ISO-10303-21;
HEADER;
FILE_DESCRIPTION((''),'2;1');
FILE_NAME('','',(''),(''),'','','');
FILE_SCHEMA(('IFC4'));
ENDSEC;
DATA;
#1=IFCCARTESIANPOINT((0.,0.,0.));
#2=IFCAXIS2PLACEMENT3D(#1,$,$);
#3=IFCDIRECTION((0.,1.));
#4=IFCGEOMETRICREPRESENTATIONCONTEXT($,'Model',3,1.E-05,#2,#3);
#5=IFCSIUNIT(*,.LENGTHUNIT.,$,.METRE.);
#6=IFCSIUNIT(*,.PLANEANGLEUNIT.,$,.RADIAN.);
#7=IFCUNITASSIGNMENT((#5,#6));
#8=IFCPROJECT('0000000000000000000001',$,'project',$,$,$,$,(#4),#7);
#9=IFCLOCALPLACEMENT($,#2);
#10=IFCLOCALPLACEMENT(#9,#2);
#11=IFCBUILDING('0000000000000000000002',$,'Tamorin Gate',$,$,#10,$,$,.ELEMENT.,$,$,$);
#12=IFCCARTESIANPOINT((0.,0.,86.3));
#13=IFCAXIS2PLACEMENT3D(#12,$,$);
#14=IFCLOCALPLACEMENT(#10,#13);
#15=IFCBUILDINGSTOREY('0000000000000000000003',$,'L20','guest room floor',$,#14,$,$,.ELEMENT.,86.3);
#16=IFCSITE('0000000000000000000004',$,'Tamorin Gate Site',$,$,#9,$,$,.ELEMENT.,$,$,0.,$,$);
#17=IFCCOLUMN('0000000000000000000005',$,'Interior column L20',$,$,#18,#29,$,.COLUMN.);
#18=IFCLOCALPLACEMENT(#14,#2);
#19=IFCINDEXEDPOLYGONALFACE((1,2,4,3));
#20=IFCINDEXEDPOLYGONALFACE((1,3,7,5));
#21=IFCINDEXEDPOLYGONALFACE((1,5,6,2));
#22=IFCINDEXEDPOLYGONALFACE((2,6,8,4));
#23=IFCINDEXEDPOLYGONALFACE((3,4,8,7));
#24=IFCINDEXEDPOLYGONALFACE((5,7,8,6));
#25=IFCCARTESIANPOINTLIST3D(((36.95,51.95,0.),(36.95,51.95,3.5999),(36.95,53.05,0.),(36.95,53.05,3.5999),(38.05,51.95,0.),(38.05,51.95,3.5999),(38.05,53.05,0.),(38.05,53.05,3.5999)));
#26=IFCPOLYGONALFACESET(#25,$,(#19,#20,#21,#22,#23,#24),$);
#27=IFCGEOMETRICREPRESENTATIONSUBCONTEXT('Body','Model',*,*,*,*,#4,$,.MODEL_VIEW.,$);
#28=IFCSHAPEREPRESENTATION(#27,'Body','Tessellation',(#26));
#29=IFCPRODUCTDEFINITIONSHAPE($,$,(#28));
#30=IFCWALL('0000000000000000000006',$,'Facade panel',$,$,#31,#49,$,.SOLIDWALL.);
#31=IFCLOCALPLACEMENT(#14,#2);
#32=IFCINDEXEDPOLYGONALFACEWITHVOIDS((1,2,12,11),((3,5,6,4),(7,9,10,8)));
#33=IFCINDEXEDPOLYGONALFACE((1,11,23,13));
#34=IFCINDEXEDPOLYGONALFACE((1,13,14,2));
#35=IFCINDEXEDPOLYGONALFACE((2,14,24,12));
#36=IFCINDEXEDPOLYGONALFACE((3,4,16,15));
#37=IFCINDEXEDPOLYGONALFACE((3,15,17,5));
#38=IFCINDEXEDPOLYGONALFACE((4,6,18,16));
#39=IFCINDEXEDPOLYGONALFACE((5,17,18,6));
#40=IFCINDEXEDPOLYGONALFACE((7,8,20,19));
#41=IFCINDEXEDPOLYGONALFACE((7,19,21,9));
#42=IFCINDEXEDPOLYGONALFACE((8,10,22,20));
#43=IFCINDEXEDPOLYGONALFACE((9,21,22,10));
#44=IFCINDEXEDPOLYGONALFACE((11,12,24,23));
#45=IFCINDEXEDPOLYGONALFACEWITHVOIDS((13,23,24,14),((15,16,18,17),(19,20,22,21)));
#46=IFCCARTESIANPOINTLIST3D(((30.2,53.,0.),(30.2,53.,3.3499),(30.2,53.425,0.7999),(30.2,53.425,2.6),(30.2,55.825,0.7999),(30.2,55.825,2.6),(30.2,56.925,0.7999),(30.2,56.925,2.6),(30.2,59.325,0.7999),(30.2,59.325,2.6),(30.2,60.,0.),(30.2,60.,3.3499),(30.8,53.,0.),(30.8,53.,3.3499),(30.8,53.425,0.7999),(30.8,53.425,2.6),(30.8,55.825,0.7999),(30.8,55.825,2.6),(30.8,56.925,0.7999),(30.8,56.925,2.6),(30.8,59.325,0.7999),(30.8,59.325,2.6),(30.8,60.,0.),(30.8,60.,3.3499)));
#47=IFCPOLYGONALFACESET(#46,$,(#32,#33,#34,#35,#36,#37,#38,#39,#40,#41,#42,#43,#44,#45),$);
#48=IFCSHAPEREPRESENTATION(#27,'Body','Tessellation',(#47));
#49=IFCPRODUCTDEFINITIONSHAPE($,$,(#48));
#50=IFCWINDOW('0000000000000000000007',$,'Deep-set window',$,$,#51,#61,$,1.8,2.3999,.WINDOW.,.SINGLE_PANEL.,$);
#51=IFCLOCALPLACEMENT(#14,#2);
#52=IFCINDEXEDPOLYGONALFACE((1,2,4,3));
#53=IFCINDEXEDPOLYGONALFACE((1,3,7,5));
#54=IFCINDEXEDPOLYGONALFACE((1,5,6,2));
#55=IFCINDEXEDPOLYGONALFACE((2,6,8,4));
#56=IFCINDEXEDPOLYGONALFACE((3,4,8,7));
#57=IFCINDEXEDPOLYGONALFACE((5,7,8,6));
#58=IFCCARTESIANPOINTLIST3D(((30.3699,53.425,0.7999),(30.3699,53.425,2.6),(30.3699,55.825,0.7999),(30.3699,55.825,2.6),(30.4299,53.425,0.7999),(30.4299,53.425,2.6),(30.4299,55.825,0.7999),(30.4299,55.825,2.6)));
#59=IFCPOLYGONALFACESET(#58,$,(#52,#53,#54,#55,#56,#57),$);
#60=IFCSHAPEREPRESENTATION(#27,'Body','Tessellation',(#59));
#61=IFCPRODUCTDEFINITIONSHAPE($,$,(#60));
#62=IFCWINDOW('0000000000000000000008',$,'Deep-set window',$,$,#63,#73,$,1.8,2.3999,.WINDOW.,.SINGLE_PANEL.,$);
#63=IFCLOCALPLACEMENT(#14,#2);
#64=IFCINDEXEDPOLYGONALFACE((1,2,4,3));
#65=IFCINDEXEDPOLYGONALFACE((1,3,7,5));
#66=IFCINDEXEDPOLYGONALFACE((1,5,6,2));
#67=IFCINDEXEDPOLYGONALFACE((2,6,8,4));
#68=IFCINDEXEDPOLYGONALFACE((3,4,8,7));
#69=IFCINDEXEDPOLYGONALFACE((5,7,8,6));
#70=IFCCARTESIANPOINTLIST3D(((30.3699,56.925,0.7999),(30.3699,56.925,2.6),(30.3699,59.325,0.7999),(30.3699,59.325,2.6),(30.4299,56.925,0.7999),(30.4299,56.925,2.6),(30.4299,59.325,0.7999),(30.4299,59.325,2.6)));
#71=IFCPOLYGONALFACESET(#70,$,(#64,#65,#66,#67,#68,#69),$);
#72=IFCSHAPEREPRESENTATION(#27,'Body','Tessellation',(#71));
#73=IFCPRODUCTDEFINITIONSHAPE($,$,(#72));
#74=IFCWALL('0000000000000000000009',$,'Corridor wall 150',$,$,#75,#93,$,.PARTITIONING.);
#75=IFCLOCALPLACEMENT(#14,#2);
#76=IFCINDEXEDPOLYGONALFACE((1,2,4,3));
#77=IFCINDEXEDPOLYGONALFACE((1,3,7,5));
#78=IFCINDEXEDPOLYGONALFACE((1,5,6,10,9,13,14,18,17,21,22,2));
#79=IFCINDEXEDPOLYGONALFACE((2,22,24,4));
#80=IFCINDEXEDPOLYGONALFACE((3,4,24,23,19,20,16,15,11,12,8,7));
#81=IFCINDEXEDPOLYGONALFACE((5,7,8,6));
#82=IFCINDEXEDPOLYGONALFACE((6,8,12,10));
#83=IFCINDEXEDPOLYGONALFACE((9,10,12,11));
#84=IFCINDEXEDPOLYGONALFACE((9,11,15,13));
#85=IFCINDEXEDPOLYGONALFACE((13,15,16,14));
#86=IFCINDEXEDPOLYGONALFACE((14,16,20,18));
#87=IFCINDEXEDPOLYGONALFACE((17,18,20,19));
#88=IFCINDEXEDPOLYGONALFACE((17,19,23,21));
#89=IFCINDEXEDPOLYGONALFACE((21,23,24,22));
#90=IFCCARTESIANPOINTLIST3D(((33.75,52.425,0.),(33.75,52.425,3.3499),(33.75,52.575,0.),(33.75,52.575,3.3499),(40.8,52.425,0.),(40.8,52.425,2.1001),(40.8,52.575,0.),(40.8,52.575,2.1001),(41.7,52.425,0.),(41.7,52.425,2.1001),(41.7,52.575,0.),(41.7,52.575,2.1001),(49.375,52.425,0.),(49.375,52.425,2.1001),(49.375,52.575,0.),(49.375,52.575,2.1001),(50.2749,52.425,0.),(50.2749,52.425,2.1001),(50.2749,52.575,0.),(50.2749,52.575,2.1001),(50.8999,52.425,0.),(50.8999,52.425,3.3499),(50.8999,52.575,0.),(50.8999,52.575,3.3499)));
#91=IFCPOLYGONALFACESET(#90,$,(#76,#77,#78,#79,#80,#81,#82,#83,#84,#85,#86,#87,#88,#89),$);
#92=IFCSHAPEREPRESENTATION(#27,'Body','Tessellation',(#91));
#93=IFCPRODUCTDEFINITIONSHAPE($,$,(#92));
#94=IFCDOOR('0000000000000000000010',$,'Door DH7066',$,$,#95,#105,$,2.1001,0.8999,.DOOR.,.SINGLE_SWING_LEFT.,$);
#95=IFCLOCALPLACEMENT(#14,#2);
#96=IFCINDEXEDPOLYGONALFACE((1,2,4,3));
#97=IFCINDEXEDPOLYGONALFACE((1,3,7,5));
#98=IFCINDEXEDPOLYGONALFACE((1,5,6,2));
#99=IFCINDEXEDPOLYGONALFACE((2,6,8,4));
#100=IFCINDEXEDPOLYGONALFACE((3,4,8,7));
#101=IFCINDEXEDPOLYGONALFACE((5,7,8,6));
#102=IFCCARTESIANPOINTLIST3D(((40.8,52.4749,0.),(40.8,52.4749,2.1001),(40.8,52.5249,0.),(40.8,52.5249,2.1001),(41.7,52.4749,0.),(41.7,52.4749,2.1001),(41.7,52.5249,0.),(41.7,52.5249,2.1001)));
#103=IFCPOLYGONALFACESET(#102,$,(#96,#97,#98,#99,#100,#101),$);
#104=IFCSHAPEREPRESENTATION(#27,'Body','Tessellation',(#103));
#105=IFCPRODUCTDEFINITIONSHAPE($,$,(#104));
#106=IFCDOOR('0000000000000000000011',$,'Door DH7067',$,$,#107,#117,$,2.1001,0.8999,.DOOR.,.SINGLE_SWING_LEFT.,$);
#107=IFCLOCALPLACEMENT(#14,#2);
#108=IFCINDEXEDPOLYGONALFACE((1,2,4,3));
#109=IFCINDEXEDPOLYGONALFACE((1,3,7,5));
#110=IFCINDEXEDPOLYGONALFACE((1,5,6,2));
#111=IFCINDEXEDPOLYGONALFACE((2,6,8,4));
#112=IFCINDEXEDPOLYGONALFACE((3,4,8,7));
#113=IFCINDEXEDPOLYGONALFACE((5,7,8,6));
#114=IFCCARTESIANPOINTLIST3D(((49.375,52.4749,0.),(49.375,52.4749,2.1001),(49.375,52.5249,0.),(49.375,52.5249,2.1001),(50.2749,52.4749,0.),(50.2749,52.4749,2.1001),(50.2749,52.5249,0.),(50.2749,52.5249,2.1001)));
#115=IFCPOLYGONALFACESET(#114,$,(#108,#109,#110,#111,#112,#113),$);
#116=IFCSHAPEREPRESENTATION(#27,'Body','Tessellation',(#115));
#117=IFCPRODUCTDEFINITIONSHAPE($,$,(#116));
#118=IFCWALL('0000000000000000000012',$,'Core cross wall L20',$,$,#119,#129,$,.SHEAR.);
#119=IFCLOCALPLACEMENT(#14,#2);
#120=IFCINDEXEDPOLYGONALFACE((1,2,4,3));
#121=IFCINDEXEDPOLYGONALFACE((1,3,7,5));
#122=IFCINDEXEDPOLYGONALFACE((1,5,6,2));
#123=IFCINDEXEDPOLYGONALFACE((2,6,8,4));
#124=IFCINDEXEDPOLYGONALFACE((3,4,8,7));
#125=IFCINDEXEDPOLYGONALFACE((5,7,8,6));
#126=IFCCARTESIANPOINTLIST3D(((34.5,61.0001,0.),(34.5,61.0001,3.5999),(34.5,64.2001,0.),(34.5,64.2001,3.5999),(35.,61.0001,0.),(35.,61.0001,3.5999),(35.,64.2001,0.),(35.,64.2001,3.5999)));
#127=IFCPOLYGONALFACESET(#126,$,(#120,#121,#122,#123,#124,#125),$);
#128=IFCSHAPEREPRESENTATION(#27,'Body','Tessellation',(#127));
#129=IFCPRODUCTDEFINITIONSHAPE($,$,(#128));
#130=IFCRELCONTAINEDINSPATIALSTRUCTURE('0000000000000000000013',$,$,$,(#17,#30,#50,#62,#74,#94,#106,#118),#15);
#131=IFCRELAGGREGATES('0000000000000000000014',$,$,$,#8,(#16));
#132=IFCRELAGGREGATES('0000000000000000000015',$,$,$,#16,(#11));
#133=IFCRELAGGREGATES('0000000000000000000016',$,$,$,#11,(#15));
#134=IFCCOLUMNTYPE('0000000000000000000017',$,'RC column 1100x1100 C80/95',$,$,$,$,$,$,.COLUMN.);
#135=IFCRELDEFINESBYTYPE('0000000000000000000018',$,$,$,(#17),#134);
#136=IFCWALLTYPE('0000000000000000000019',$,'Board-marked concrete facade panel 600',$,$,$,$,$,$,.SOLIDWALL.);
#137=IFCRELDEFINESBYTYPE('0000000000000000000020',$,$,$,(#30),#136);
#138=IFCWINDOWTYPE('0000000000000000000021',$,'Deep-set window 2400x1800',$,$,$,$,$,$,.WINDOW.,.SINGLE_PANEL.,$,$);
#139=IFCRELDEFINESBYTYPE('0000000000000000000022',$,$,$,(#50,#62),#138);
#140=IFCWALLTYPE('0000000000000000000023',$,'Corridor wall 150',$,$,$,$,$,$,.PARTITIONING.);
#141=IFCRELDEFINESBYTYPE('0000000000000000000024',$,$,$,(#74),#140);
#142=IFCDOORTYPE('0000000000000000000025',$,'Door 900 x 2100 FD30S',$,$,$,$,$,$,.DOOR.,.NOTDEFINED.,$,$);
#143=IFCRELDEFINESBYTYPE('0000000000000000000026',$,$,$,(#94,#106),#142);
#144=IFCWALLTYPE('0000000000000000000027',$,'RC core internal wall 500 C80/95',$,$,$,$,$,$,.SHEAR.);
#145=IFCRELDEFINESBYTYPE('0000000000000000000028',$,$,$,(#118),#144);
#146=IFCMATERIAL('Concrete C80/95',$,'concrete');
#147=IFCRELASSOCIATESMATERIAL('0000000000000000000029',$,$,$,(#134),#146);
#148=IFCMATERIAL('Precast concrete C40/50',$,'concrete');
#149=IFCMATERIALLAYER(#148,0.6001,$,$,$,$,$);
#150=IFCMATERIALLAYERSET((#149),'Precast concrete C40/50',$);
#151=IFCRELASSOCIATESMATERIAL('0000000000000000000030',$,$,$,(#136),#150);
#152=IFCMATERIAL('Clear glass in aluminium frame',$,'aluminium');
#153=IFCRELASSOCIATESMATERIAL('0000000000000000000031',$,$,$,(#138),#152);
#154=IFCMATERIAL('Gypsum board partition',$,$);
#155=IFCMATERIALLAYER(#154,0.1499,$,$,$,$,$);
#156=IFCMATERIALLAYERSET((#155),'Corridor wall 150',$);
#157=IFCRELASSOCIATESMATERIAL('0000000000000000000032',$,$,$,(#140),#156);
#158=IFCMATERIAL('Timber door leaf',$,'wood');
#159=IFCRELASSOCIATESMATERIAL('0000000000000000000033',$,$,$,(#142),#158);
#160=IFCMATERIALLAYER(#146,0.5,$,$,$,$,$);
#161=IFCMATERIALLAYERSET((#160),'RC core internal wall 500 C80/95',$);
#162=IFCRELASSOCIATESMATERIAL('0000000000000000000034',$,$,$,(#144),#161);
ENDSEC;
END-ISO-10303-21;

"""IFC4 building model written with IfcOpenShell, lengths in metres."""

from ifc_helpers import new_model, si_unit, direction, frame, frame_2d, origin, origin_2d, place, context, subcontext, project, spatial, rectangle, extrude, material, layer, layer_set, material_profile, profile_set, type_object, element, fill, save


model = new_model("IFC4")

# Units and contexts
model_context = context("Model", 3, precision=1e-05, world=origin(), true_north=direction((0.0, 1.0)))
body_context = subcontext(model_context, "Body", "Model", "MODEL_VIEW")
ifc_project = project(units=[si_unit("LENGTHUNIT", "METRE"), si_unit("PLANEANGLEUNIT", "RADIAN")], contexts=[model_context])

# Site, building, storey
site_placement = place(None, origin())
site = spatial("IfcSite", under=ifc_project, at=site_placement, Name="Tamorin Gate Site", CompositionType="ELEMENT", RefElevation=0.0)
building_placement = place(site_placement, origin())
building = spatial("IfcBuilding", under=site, at=building_placement, Name="Tamorin Gate", CompositionType="ELEMENT")
storey_placement = place(building_placement, frame((0.0, 0.0, 86.3)))
storey = spatial("IfcBuildingStorey", under=building, at=storey_placement, Name="L20", Description="guest room floor", CompositionType="ELEMENT", Elevation=86.3)

# Column
ifc_material_1 = material(Name="Concrete C80/95", Category="concrete")
ifc_material_profile = material_profile(ifc_material_1, rectangle(XDim=1.1001, YDim=1.1001, at=origin_2d()), Name="RC 1100x1100")
ifc_profile_set = profile_set([ifc_material_profile], Name="Concrete C80/95")
column_type = type_object("IfcColumnType", Name="RC column 1100x1100 C80/95", PredefinedType="COLUMN", material=ifc_profile_set)
column_placement = place(storey_placement, frame((37.5, 52.5, 0.0), z_axis=(0.0, 0.0, 1.0), x_axis=(1.0, 0.0, 0.0)))
element("IfcColumn", 1, at=column_placement, inside=storey, type_object=column_type, Name="Interior column L20", PredefinedType="COLUMN", context=body_context, shape_type="SweptSolid", body=[
    extrude(rectangle(XDim=1.1001, YDim=1.1001, at=origin_2d()), origin(), (0.0, 0.0, 1.0), 3.5999),
])

# Wall, openings, windows
ifc_material_2 = material(Name="Precast concrete C40/50", Category="concrete")
ifc_layer_1 = layer(ifc_material_2, 0.6001)
ifc_layer_set_1 = layer_set([ifc_layer_1], Name="Precast concrete C40/50")
wall_type_1 = type_object("IfcWallType", Name="Board-marked concrete facade panel 600", PredefinedType="SOLIDWALL", material=ifc_layer_set_1)
wall_1_placement = place(storey_placement, frame((30.5, 60.0, 0.0), z_axis=(0.0, 0.0, 1.0), x_axis=(0.0, -1.0, 0.0)))
wall_1 = element("IfcWall", 2, at=wall_1_placement, inside=storey, type_object=wall_type_1, Name="Facade panel", PredefinedType="SOLIDWALL", context=body_context, shape_type="SweptSolid", body=[
    extrude(rectangle(XDim=7.0, YDim=0.6001, at=frame_2d((3.5, 0.0))), origin(), (0.0, 0.0, 1.0), 3.3499),
])
opening_1_placement = place(wall_1_placement, frame((4.175, 0.0, 0.8)))
opening_1 = element("IfcOpeningElement", 3, at=opening_1_placement, cuts=wall_1, PredefinedType="OPENING", context=body_context, shape_type="SweptSolid", body=[
    extrude(rectangle(XDim=2.3999, YDim=1.8, at=frame_2d((1.2, 0.8999))), frame((0.0, 0.3101, 0.0), z_axis=(0.0, -1.0, 0.0), x_axis=(1.0, 0.0, 0.0)), (0.0, 0.0, 1.0), 0.6201),
])
opening_2_placement = place(wall_1_placement, frame((0.675, 0.0, 0.8)))
opening_2 = element("IfcOpeningElement", 4, at=opening_2_placement, cuts=wall_1, PredefinedType="OPENING", context=body_context, shape_type="SweptSolid", body=[
    extrude(rectangle(XDim=2.3999, YDim=1.8, at=frame_2d((1.2, 0.8999))), frame((0.0, 0.3101, 0.0), z_axis=(0.0, -1.0, 0.0), x_axis=(1.0, 0.0, 0.0)), (0.0, 0.0, 1.0), 0.6201),
])
ifc_material_3 = material(Name="Clear glass in aluminium frame", Category="aluminium")
window_type = type_object("IfcWindowType", Name="Deep-set window 2400x1800", PartitioningType="SINGLE_PANEL", PredefinedType="WINDOW", material=ifc_material_3)
window_1_placement = place(opening_1_placement, origin())
window_1 = element("IfcWindow", 5, at=window_1_placement, inside=storey, type_object=window_type, Name="Deep-set window", OverallHeight=1.8, OverallWidth=2.3999, PartitioningType="SINGLE_PANEL", PredefinedType="WINDOW", context=body_context, shape_type="SweptSolid", body=[
    extrude(rectangle(XDim=2.3999, YDim=1.8, at=frame_2d((1.2, 0.8999))), frame((0.0, -0.0701, 0.0), z_axis=(0.0, -1.0, 0.0), x_axis=(1.0, 0.0, 0.0)), (0.0, 0.0, 1.0), 0.0601),
])
fill(opening_1, window_1)
window_2_placement = place(opening_2_placement, origin())
window_2 = element("IfcWindow", 6, at=window_2_placement, inside=storey, type_object=window_type, Name="Deep-set window", OverallHeight=1.8, OverallWidth=2.3999, PartitioningType="SINGLE_PANEL", PredefinedType="WINDOW", context=body_context, shape_type="SweptSolid", body=[
    extrude(rectangle(XDim=2.3999, YDim=1.8, at=frame_2d((1.2, 0.8999))), frame((0.0, -0.0701, 0.0), z_axis=(0.0, -1.0, 0.0), x_axis=(1.0, 0.0, 0.0)), (0.0, 0.0, 1.0), 0.0601),
])
fill(opening_2, window_2)

# Wall, openings, doors
ifc_material_4 = material(Name="Gypsum board partition")
ifc_layer_2 = layer(ifc_material_4, 0.1499)
ifc_layer_set_2 = layer_set([ifc_layer_2], Name="Corridor wall 150")
wall_type_2 = type_object("IfcWallType", Name="Corridor wall 150", PredefinedType="PARTITIONING", material=ifc_layer_set_2)
wall_2_placement = place(storey_placement, frame((33.75, 52.5, 0.0), z_axis=(0.0, 0.0, 1.0), x_axis=(1.0, 0.0, 0.0)))
wall_2 = element("IfcWall", 7, at=wall_2_placement, inside=storey, type_object=wall_type_2, Name="Corridor wall 150", PredefinedType="PARTITIONING", context=body_context, shape_type="SweptSolid", body=[
    extrude(rectangle(XDim=17.1499, YDim=0.1499, at=frame_2d((8.575, 0.0))), origin(), (0.0, 0.0, 1.0), 3.3499),
])
opening_3_placement = place(wall_2_placement, frame((7.05, 0.0, 0.0)))
opening_3 = element("IfcOpeningElement", 8, at=opening_3_placement, cuts=wall_2, PredefinedType="OPENING", context=body_context, shape_type="SweptSolid", body=[
    extrude(rectangle(XDim=0.8999, YDim=2.1001, at=frame_2d((0.45, 1.05))), frame((0.0, 0.085, 0.0), z_axis=(0.0, -1.0, 0.0), x_axis=(1.0, 0.0, 0.0)), (0.0, 0.0, 1.0), 0.1699),
])
opening_4_placement = place(wall_2_placement, frame((15.625, 0.0, 0.0)))
opening_4 = element("IfcOpeningElement", 9, at=opening_4_placement, cuts=wall_2, PredefinedType="OPENING", context=body_context, shape_type="SweptSolid", body=[
    extrude(rectangle(XDim=0.8999, YDim=2.1001, at=frame_2d((0.45, 1.05))), frame((0.0, 0.085, 0.0), z_axis=(0.0, -1.0, 0.0), x_axis=(1.0, 0.0, 0.0)), (0.0, 0.0, 1.0), 0.1699),
])
ifc_material_5 = material(Name="Timber door leaf", Category="wood")
door_type_1 = type_object("IfcDoorType", Name="Door 900 x 2100 FD30S", OperationType="NOTDEFINED", PredefinedType="DOOR", material=ifc_material_5)
door_1_placement = place(opening_3_placement, origin())
door_1 = element("IfcDoor", 10, at=door_1_placement, inside=storey, type_object=door_type_1, Name="Door DH7066", OperationType="SINGLE_SWING_LEFT", OverallHeight=2.1001, OverallWidth=0.8999, PredefinedType="DOOR", context=body_context, shape_type="SweptSolid", body=[
    extrude(rectangle(XDim=0.8999, YDim=2.1001, at=frame_2d((0.45, 1.05))), frame((0.0, 0.0249, 0.0), z_axis=(0.0, -1.0, 0.0), x_axis=(1.0, 0.0, 0.0)), (0.0, 0.0, 1.0), 0.05),
])
fill(opening_3, door_1)
door_2_placement = place(opening_4_placement, origin())
door_2 = element("IfcDoor", 11, at=door_2_placement, inside=storey, type_object=door_type_1, Name="Door DH7067", OperationType="SINGLE_SWING_LEFT", OverallHeight=2.1001, OverallWidth=0.8999, PredefinedType="DOOR", context=body_context, shape_type="SweptSolid", body=[
    extrude(rectangle(XDim=0.8999, YDim=2.1001, at=frame_2d((0.45, 1.05))), frame((0.0, 0.0249, 0.0), z_axis=(0.0, -1.0, 0.0), x_axis=(1.0, 0.0, 0.0)), (0.0, 0.0, 1.0), 0.05),
])
fill(opening_4, door_2)

# Wall
ifc_layer_3 = layer(ifc_material_1, 0.5)
ifc_layer_set_3 = layer_set([ifc_layer_3], Name="RC core internal wall 500 C80/95")
wall_type_3 = type_object("IfcWallType", Name="RC core internal wall 500 C80/95", PredefinedType="SHEAR", material=ifc_layer_set_3)
wall_3_placement = place(storey_placement, frame((34.75, 61.0, 0.0), z_axis=(0.0, 0.0, 1.0), x_axis=(0.0, 1.0, 0.0)))
element("IfcWall", 12, at=wall_3_placement, inside=storey, type_object=wall_type_3, Name="Core cross wall L20", PredefinedType="SHEAR", context=body_context, shape_type="SweptSolid", body=[
    extrude(rectangle(XDim=3.2, YDim=0.5, at=frame_2d((1.6001, 0.0))), origin(), (0.0, 0.0, 1.0), 3.5999),
])

save(model, "model.ifc")
